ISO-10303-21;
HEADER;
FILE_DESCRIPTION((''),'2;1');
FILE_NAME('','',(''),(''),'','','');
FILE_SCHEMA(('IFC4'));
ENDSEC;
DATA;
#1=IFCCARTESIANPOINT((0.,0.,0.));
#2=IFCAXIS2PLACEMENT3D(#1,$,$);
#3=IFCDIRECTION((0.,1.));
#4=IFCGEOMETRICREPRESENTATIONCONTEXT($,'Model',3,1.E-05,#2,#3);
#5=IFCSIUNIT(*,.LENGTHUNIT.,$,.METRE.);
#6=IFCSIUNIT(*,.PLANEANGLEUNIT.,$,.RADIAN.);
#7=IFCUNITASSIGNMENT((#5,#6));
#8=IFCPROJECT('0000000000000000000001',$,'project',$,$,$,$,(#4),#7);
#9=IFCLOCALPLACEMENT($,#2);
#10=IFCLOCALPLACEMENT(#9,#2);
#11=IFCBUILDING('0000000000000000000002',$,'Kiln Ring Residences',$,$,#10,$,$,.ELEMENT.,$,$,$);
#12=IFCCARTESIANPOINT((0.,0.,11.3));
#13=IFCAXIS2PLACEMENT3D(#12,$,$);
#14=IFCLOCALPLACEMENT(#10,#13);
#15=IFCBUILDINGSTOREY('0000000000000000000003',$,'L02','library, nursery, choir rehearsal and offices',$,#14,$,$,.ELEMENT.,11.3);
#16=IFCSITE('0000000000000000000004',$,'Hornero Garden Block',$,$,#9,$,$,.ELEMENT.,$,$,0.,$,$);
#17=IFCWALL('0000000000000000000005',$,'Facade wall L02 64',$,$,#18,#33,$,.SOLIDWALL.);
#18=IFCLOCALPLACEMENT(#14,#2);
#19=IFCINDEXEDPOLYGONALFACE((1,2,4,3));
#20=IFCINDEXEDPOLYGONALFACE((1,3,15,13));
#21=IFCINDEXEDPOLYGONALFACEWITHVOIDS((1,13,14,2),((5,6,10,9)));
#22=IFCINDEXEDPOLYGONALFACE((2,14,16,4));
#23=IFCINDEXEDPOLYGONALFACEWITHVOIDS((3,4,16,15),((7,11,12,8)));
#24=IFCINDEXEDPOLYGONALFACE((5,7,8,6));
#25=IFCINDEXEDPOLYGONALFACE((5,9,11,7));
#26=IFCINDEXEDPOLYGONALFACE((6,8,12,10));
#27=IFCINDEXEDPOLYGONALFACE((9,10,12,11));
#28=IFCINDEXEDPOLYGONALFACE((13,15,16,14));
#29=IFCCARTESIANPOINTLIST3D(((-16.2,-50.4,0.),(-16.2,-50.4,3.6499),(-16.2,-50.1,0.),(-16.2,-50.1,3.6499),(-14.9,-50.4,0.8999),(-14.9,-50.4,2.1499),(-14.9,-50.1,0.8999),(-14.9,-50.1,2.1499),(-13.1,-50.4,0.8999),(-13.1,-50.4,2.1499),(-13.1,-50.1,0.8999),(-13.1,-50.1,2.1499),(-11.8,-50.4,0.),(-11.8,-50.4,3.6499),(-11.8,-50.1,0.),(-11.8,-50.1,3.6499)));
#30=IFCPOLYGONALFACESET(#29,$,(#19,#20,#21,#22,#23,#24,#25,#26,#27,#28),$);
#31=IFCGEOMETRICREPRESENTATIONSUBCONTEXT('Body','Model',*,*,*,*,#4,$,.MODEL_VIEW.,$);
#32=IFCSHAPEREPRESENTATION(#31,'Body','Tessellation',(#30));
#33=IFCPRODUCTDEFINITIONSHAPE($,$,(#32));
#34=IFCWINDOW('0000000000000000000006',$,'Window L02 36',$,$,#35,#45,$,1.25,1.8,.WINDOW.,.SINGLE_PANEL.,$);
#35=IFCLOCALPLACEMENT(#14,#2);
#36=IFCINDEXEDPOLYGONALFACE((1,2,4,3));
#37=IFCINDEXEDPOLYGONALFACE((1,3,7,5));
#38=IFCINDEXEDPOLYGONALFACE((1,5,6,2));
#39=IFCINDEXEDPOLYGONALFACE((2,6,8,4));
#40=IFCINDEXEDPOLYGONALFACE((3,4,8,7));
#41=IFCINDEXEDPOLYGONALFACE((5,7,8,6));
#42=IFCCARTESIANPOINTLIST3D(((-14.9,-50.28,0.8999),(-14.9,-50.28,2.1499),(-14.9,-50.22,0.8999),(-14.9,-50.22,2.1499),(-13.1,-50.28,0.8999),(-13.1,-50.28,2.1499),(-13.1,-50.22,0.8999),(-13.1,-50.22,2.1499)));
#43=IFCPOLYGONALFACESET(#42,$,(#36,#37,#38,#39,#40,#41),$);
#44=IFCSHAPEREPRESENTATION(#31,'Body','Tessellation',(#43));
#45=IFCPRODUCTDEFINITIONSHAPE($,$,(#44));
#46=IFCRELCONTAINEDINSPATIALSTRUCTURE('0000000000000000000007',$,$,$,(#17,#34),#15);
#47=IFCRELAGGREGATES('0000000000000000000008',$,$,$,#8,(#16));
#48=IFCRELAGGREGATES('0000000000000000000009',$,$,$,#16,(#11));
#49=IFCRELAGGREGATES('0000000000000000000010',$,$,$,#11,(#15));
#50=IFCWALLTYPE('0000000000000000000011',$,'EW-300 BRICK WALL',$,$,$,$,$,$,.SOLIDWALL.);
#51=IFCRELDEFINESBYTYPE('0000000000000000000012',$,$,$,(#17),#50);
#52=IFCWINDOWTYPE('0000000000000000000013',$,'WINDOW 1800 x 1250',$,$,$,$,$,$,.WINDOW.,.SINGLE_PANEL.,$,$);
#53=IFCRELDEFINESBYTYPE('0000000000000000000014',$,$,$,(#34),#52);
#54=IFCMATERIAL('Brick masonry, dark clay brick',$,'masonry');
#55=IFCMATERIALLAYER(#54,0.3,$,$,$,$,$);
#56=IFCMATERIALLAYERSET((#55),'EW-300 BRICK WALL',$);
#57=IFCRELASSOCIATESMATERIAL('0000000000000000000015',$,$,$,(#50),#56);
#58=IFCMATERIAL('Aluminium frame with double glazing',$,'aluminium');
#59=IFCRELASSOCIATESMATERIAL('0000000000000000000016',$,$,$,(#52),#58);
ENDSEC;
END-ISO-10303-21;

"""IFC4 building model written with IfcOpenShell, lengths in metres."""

from ifc_helpers import new_model, si_unit, direction, frame, frame_2d, origin, place, context, subcontext, project, spatial, rectangle, extrude, material, layer, layer_set, type_object, element, fill, save


model = new_model("IFC4")

# Units and contexts
model_context = context("Model", 3, precision=1e-05, world=origin(), true_north=direction((0.0, 1.0)))
body_context = subcontext(model_context, "Body", "Model", "MODEL_VIEW")
ifc_project = project(units=[si_unit("LENGTHUNIT", "METRE"), si_unit("PLANEANGLEUNIT", "RADIAN")], contexts=[model_context])

# Site, building, storey
site_placement = place(None, origin())
site = spatial("IfcSite", under=ifc_project, at=site_placement, Name="Hornero Garden Block", CompositionType="ELEMENT", RefElevation=0.0)
building_placement = place(site_placement, origin())
building = spatial("IfcBuilding", under=site, at=building_placement, Name="Kiln Ring Residences", CompositionType="ELEMENT")
storey_placement = place(building_placement, frame((0.0, 0.0, 11.3)))
storey = spatial("IfcBuildingStorey", under=building, at=storey_placement, Name="L02", Description="library, nursery, choir rehearsal and offices", CompositionType="ELEMENT", Elevation=11.3)

# Shared definitions
ifc_material_1 = material(Name="Brick masonry, dark clay brick", Category="masonry")
ifc_layer = layer(ifc_material_1, 0.3)
ifc_layer_set = layer_set([ifc_layer], Name="EW-300 BRICK WALL")
wall_type = type_object("IfcWallType", Name="EW-300 BRICK WALL", PredefinedType="SOLIDWALL", material=ifc_layer_set)

# Wall, opening, window
wall_1_placement = place(storey_placement, frame((-16.2, -50.25, 0.0), z_axis=(0.0, 0.0, 1.0), x_axis=(1.0, 0.0, 0.0)))
wall_1 = element("IfcWall", 1, at=wall_1_placement, inside=storey, type_object=wall_type, Name="Facade wall L02 64", PredefinedType="SOLIDWALL", context=body_context, shape_type="SweptSolid", body=[
    extrude(rectangle(XDim=4.3999, YDim=0.3, at=frame_2d((2.2, 0.0))), origin(), (0.0, 0.0, 1.0), 3.6499),
])
opening_1_placement = place(wall_1_placement, frame((1.3, 0.0, 0.8999)))
opening_1 = element("IfcOpeningElement", 2, at=opening_1_placement, cuts=wall_1, PredefinedType="OPENING", context=body_context, shape_type="SweptSolid", body=[
    extrude(rectangle(XDim=1.8, YDim=1.25, at=frame_2d((0.8999, 0.625))), frame((0.0, 0.1599, 0.0), z_axis=(0.0, -1.0, 0.0), x_axis=(1.0, 0.0, 0.0)), (0.0, 0.0, 1.0), 0.3201),
])
ifc_material_2 = material(Name="Aluminium frame with double glazing", Category="aluminium")
window_type_1 = type_object("IfcWindowType", Name="WINDOW 1800 x 1250", PartitioningType="SINGLE_PANEL", PredefinedType="WINDOW", material=ifc_material_2)
window_1_placement = place(opening_1_placement, origin())
window_1 = element("IfcWindow", 3, at=window_1_placement, inside=storey, type_object=window_type_1, Name="Window L02 36", OverallHeight=1.25, OverallWidth=1.8, PartitioningType="SINGLE_PANEL", PredefinedType="WINDOW", context=body_context, shape_type="SweptSolid", body=[
    extrude(rectangle(XDim=1.8, YDim=1.25, at=frame_2d((0.8999, 0.625))), frame((0.0, 0.03, 0.0), z_axis=(0.0, -1.0, 0.0), x_axis=(1.0, 0.0, 0.0)), (0.0, 0.0, 1.0), 0.0601),
])
fill(opening_1, window_1)

save(model, "model.ifc")
